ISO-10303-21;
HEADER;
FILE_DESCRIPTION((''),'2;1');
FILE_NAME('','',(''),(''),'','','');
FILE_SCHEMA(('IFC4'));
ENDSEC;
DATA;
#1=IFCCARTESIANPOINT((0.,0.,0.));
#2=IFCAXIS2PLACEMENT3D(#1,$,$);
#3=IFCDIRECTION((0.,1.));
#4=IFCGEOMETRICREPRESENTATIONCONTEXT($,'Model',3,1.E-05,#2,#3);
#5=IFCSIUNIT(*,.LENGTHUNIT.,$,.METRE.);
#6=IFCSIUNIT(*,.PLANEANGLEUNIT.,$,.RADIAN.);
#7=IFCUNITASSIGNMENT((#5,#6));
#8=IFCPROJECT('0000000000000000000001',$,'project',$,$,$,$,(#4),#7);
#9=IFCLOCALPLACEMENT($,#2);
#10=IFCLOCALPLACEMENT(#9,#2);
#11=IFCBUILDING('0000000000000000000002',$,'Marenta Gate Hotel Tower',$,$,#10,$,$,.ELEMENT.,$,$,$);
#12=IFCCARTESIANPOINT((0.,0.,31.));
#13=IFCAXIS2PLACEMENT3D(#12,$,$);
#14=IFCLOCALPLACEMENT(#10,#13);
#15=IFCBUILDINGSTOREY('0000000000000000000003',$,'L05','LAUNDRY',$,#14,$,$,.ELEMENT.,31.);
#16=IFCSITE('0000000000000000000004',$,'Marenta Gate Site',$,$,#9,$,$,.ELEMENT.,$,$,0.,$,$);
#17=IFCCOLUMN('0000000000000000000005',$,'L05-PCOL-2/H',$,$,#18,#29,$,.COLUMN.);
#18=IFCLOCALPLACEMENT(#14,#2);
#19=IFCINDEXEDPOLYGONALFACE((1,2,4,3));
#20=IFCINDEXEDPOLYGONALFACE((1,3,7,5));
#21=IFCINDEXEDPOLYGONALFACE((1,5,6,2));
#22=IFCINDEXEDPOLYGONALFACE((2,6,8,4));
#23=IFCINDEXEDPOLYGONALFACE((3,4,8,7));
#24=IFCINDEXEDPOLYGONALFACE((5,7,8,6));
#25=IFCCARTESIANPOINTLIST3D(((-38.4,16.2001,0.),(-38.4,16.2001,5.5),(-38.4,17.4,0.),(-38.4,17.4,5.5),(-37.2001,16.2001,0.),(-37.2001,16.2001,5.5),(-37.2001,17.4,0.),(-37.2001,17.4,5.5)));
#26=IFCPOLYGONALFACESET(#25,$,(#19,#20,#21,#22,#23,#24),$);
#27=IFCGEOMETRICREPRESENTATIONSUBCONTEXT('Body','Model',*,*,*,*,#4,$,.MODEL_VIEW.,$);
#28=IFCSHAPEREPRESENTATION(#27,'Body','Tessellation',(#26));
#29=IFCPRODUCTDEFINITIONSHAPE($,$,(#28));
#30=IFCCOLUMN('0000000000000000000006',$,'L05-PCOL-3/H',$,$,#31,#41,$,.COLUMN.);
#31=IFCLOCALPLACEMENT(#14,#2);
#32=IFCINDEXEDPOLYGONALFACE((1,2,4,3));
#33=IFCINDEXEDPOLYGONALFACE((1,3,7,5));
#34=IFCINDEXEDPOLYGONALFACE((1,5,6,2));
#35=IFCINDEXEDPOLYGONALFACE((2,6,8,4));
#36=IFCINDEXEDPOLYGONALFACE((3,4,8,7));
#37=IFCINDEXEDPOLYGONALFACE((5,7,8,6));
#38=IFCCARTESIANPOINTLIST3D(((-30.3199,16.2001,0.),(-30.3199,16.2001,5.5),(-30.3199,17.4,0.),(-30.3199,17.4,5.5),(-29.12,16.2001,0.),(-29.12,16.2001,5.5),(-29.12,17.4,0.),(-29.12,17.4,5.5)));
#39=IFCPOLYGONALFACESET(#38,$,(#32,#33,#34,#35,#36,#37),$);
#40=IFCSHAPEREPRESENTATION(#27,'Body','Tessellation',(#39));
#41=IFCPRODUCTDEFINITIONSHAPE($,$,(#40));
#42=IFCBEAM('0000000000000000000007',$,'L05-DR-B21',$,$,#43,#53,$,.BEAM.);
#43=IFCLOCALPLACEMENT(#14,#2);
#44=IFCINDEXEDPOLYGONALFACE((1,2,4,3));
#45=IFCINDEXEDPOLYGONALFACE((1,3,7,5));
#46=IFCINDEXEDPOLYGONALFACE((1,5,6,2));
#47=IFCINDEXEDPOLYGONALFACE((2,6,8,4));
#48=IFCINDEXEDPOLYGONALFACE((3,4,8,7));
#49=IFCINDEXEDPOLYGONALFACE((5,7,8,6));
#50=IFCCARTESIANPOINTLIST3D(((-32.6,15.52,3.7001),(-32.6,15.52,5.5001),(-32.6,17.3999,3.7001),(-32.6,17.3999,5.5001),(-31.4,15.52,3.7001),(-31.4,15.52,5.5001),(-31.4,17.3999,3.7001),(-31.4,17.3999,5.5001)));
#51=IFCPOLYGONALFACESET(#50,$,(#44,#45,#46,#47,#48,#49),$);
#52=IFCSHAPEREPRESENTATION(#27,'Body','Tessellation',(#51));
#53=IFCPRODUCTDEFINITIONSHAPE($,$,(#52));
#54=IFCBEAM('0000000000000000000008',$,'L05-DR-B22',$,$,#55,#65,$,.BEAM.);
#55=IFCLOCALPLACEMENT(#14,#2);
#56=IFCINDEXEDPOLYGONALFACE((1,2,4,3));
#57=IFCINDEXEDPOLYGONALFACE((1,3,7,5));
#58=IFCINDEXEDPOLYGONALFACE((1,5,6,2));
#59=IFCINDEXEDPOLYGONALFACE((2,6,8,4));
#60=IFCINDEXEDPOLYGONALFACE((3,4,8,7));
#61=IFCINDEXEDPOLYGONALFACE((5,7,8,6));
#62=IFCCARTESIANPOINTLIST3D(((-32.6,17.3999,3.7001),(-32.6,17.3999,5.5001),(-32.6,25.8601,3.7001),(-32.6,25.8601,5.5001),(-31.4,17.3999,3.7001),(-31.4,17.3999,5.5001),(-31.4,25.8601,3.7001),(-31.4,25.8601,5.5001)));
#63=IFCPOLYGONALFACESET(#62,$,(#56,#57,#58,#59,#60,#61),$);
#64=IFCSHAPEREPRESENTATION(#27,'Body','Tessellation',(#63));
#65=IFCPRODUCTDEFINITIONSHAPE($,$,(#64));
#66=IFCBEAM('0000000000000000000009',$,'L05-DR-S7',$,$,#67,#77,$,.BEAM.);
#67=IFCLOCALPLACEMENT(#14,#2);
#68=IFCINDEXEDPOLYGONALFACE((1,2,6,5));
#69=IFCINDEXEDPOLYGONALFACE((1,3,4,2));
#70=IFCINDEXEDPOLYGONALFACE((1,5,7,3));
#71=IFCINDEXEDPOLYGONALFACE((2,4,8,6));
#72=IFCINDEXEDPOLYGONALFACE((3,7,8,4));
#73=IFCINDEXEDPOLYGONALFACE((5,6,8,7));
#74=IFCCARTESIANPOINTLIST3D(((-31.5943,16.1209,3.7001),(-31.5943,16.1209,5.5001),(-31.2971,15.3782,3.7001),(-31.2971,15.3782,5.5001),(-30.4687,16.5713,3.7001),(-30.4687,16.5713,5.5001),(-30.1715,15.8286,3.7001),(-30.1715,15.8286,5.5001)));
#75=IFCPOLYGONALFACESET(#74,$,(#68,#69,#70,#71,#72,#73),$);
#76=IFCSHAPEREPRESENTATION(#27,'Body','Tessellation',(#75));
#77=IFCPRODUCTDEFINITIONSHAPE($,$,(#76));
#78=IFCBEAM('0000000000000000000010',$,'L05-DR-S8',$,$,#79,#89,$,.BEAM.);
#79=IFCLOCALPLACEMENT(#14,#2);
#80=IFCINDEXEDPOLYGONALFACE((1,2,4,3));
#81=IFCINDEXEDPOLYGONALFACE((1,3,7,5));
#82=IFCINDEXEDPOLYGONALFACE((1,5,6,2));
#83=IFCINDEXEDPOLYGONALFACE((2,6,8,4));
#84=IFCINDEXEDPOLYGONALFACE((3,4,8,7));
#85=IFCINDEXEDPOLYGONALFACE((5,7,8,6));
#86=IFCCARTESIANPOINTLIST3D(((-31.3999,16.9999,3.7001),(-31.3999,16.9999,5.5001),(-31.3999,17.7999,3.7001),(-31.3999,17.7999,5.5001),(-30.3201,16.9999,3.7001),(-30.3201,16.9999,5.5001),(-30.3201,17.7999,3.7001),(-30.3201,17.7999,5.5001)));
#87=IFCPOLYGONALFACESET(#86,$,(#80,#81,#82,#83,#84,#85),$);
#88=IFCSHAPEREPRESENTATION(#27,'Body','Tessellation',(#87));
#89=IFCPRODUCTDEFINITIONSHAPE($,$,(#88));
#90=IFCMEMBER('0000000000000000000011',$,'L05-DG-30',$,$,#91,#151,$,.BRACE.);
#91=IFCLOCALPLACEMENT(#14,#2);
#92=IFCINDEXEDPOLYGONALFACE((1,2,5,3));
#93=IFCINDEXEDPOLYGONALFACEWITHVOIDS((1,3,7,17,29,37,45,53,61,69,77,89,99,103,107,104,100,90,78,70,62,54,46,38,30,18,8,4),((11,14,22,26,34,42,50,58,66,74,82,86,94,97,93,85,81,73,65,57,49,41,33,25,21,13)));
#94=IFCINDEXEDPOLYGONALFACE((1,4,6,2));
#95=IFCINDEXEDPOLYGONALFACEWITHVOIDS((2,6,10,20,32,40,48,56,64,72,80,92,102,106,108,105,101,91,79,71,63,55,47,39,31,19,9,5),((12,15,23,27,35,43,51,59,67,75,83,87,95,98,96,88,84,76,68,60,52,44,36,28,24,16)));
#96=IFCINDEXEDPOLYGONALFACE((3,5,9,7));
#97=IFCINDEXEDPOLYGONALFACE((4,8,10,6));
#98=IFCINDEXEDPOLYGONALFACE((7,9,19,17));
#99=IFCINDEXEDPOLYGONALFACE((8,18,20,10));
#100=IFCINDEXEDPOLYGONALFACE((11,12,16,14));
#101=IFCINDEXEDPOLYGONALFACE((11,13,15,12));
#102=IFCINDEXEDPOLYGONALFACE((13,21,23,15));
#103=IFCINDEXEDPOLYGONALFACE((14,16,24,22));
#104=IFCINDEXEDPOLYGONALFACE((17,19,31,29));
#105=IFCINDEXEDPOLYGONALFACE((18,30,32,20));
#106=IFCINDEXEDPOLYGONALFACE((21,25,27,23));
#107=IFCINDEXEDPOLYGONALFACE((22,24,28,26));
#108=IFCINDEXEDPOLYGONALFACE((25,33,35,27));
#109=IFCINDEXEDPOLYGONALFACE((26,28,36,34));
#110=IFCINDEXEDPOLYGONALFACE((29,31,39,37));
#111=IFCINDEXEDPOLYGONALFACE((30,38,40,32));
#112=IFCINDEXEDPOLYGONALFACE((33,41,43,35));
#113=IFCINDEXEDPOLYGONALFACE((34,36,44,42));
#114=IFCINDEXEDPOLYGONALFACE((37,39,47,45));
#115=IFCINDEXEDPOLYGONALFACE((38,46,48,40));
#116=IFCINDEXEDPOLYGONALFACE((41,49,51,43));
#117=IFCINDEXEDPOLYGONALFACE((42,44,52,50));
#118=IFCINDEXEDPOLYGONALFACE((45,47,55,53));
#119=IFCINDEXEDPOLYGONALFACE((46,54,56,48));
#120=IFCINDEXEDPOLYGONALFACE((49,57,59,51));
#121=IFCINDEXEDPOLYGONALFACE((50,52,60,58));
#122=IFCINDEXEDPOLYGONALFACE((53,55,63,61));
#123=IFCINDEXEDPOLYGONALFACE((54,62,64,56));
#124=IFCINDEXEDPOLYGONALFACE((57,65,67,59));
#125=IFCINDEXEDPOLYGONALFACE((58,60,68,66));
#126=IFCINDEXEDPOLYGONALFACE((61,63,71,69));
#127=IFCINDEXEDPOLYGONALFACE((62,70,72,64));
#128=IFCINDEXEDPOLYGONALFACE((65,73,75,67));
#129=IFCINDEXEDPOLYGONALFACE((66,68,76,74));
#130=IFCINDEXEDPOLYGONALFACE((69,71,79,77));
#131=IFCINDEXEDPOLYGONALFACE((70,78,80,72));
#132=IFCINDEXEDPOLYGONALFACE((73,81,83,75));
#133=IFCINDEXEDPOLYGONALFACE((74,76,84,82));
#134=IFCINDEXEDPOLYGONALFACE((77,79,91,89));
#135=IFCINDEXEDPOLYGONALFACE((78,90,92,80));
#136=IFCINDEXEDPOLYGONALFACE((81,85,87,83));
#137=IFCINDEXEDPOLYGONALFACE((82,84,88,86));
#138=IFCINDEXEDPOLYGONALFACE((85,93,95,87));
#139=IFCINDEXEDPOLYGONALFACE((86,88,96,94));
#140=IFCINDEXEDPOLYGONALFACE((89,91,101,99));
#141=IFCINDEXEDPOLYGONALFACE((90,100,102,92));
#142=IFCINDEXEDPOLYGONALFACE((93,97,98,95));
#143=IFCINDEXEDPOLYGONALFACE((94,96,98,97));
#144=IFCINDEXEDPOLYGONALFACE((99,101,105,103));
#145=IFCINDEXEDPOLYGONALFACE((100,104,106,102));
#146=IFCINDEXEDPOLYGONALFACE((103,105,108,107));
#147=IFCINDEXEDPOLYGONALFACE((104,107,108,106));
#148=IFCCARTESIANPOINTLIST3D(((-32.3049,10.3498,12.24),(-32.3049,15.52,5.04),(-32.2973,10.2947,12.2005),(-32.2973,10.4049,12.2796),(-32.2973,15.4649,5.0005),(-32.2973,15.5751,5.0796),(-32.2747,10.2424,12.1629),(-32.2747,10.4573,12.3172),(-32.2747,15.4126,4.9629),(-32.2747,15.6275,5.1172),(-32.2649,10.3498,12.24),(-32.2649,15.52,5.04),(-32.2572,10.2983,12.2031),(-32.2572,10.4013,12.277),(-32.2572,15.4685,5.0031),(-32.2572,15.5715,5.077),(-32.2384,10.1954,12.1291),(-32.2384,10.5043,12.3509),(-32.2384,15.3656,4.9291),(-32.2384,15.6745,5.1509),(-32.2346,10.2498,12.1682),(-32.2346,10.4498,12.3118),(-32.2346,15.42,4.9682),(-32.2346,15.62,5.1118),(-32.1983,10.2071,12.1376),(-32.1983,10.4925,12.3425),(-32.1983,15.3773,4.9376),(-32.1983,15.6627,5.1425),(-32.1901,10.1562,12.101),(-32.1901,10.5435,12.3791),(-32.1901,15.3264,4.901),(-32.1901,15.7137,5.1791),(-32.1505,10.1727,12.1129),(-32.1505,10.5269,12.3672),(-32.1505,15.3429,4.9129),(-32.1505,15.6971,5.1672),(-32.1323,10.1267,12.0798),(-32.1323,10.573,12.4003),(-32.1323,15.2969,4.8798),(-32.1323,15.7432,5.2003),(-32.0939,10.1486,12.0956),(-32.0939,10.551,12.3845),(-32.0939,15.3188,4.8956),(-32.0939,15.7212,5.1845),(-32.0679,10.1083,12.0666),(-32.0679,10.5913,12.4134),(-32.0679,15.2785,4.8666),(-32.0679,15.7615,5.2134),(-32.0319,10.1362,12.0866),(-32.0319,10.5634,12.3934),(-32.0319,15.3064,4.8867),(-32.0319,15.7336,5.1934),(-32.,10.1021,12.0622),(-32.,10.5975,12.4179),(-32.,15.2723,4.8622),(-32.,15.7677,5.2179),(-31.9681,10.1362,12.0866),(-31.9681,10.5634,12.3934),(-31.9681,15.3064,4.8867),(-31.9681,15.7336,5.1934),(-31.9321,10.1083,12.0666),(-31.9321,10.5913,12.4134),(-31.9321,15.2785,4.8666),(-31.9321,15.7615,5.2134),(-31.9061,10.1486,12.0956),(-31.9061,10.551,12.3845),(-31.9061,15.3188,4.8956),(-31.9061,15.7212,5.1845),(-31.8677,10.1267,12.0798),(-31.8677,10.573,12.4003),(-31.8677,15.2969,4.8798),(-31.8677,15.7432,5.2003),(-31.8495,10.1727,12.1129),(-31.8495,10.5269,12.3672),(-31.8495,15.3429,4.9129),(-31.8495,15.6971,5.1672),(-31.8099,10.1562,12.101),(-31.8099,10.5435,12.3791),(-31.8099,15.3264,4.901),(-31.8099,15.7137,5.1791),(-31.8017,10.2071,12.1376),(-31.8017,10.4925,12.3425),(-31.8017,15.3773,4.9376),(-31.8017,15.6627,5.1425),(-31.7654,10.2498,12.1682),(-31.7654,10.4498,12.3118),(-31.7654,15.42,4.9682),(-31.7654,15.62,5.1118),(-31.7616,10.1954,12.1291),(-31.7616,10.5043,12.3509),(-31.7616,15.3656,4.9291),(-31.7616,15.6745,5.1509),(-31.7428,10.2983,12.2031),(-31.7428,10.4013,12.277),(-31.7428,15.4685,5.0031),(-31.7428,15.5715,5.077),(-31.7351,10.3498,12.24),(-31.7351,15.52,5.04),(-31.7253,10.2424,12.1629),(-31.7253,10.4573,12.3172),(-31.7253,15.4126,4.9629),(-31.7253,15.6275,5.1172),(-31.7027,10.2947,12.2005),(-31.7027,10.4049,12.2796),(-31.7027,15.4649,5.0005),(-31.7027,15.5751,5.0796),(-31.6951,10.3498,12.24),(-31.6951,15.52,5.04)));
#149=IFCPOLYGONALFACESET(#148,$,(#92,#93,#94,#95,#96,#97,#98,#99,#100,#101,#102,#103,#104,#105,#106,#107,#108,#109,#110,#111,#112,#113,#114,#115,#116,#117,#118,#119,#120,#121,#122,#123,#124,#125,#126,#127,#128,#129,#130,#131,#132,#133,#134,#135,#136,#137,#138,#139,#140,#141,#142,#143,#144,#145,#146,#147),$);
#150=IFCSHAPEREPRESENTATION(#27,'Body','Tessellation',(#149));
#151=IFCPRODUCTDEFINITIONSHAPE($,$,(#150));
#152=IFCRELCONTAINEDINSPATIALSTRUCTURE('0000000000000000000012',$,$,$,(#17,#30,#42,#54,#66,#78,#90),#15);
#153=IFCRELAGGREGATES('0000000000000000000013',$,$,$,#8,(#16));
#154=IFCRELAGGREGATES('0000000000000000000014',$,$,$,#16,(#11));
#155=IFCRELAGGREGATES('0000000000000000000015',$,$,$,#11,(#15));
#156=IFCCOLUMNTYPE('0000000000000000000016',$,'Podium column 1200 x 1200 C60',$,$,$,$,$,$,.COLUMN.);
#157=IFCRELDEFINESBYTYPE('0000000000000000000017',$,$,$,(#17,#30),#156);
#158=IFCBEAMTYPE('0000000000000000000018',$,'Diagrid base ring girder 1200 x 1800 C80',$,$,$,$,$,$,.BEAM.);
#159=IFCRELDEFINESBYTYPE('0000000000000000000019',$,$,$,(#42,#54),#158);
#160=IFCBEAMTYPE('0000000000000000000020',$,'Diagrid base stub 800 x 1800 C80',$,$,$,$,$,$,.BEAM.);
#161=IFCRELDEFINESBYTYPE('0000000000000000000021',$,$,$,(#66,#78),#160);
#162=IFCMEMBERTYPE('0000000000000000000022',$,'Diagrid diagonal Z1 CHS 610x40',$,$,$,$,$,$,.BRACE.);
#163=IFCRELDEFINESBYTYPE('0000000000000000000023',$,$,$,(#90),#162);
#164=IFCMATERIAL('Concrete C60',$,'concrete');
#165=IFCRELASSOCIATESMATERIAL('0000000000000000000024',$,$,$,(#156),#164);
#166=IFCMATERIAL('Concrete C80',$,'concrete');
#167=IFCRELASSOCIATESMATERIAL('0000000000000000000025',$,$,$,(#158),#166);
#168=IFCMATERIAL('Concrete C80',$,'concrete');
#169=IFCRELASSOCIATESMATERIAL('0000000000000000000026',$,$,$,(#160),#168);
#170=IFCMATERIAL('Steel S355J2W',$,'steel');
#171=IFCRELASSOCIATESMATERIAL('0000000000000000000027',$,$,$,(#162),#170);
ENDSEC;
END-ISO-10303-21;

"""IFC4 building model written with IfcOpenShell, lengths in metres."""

from ifc_helpers import new_model, si_unit, direction, frame, origin, origin_2d, place, context, subcontext, project, spatial, rectangle, hollow_circle, extrude, material, material_profile, profile_set, type_object, element, save


model = new_model("IFC4")

# Units and contexts
model_context = context("Model", 3, precision=1e-05, world=origin(), true_north=direction((0.0, 1.0)))
body_context = subcontext(model_context, "Body", "Model", "MODEL_VIEW")
ifc_project = project(units=[si_unit("LENGTHUNIT", "METRE"), si_unit("PLANEANGLEUNIT", "RADIAN")], contexts=[model_context])

# Site, building, storey
site_placement = place(None, origin())
site = spatial("IfcSite", under=ifc_project, at=site_placement, Name="Marenta Gate Site", CompositionType="ELEMENT", RefElevation=0.0)
building_placement = place(site_placement, origin())
building = spatial("IfcBuilding", under=site, at=building_placement, Name="Marenta Gate Hotel Tower", CompositionType="ELEMENT")
storey_placement = place(building_placement, frame((0.0, 0.0, 31.0)))
storey = spatial("IfcBuildingStorey", under=building, at=storey_placement, Name="L05", Description="LAUNDRY", CompositionType="ELEMENT", Elevation=31.0)

# Columns
ifc_material_1 = material(Name="Concrete C60", Category="concrete")
ifc_material_profile_1 = material_profile(ifc_material_1, rectangle(XDim=1.2, YDim=1.2, at=origin_2d()), Name="1200 x 1200")
ifc_profile_set_1 = profile_set([ifc_material_profile_1], Name="Concrete C60")
column_type = type_object("IfcColumnType", Name="Podium column 1200 x 1200 C60", PredefinedType="COLUMN", material=ifc_profile_set_1)
for number, where, z_axis, x_axis, name in (
    (1, (-37.8, 16.8, 0.0), (0.0, 0.0, 1.0), (1.0, 0.0, 0.0), "L05-PCOL-2/H"),
    (2, (-29.72, 16.8, 0.0), (0.0, 0.0, 1.0), (1.0, 0.0, 0.0), "L05-PCOL-3/H"),
):
    element("IfcColumn", number, at=place(storey_placement, frame(where, z_axis=z_axis, x_axis=x_axis)), inside=storey, type_object=column_type, Name=name, PredefinedType="COLUMN", context=body_context, shape_type="SweptSolid", body=[
        extrude(rectangle(XDim=1.2, YDim=1.2, at=origin_2d()), origin(), (0.0, 0.0, 1.0), 5.5),
    ])

# Beams
ifc_material_2 = material(Name="Concrete C80", Category="concrete")
ifc_material_profile_2 = material_profile(ifc_material_2, rectangle(XDim=1.2, YDim=1.8, at=origin_2d()), Name="1200 x 1800")
ifc_profile_set_2 = profile_set([ifc_material_profile_2], Name="Concrete C80")
beam_type_1 = type_object("IfcBeamType", Name="Diagrid base ring girder 1200 x 1800 C80", PredefinedType="BEAM", material=ifc_profile_set_2)
beam_1_placement = place(storey_placement, frame((-32.0, 15.52, 4.6001), z_axis=(0.0, 1.0, 0.0), x_axis=(-1.0, 0.0, 0.0)))
element("IfcBeam", 3, at=beam_1_placement, inside=storey, type_object=beam_type_1, Name="L05-DR-B21", PredefinedType="BEAM", context=body_context, shape_type="SweptSolid", body=[
    extrude(rectangle(XDim=1.2, YDim=1.8, at=origin_2d()), origin(), (0.0, 0.0, 1.0), 1.8799),
])
beam_2_placement = place(storey_placement, frame((-32.0, 17.3999, 4.6001), z_axis=(0.0, 1.0, 0.0), x_axis=(-1.0, 0.0, 0.0)))
element("IfcBeam", 4, at=beam_2_placement, inside=storey, type_object=beam_type_1, Name="L05-DR-B22", PredefinedType="BEAM", context=body_context, shape_type="SweptSolid", body=[
    extrude(rectangle(XDim=1.2, YDim=1.8, at=origin_2d()), origin(), (0.0, 0.0, 1.0), 8.4602),
])
ifc_material_3 = material(Name="Concrete C80", Category="concrete")
ifc_material_profile_3 = material_profile(ifc_material_3, rectangle(XDim=0.8, YDim=1.8, at=origin_2d()), Name="800 x 1800")
ifc_profile_set_3 = profile_set([ifc_material_profile_3], Name="Concrete C80")
beam_type_2 = type_object("IfcBeamType", Name="Diagrid base stub 800 x 1800 C80", PredefinedType="BEAM", material=ifc_profile_set_3)
beam_3_placement = place(storey_placement, frame((-30.3201, 16.2, 4.6001), z_axis=(-0.928435, -0.371495, 0.0), x_axis=(0.371495, -0.928435, 0.0)))
element("IfcBeam", 5, at=beam_3_placement, inside=storey, type_object=beam_type_2, Name="L05-DR-S7", PredefinedType="BEAM", context=body_context, shape_type="SweptSolid", body=[
    extrude(rectangle(XDim=0.8, YDim=1.8, at=origin_2d()), origin(), (0.0, 0.0, 1.0), 1.2124),
])
beam_4_placement = place(storey_placement, frame((-30.3201, 17.3999, 4.6001), z_axis=(-1.0, 0.0, 0.0), x_axis=(0.0, -1.0, 0.0)))
element("IfcBeam", 6, at=beam_4_placement, inside=storey, type_object=beam_type_2, Name="L05-DR-S8", PredefinedType="BEAM", context=body_context, shape_type="SweptSolid", body=[
    extrude(rectangle(XDim=0.8, YDim=1.8, at=origin_2d()), origin(), (0.0, 0.0, 1.0), 1.0798),
])

# Member
ifc_material_4 = material(Name="Steel S355J2W", Category="steel")
ifc_material_profile_4 = material_profile(ifc_material_4, hollow_circle(Radius=0.3049, WallThickness=0.04, at=origin_2d()), Name="CHS 610x40")
ifc_profile_set_4 = profile_set([ifc_material_profile_4], Name="Steel S355J2W")
member_type = type_object("IfcMemberType", Name="Diagrid diagonal Z1 CHS 610x40", PredefinedType="BRACE", material=ifc_profile_set_4)
member_1_placement = place(storey_placement, frame((-32.0, 15.52, 5.04), z_axis=(0.0, -0.583279, 0.812272), x_axis=(1.0, 0.0, 0.0)))
element("IfcMember", 7, at=member_1_placement, inside=storey, type_object=member_type, Name="L05-DG-30", PredefinedType="BRACE", context=body_context, shape_type="SweptSolid", body=[
    extrude(hollow_circle(Radius=0.3049, WallThickness=0.04, at=origin_2d()), origin(), (0.0, 0.0, 1.0), 8.864),
])

save(model, "model.ifc")
